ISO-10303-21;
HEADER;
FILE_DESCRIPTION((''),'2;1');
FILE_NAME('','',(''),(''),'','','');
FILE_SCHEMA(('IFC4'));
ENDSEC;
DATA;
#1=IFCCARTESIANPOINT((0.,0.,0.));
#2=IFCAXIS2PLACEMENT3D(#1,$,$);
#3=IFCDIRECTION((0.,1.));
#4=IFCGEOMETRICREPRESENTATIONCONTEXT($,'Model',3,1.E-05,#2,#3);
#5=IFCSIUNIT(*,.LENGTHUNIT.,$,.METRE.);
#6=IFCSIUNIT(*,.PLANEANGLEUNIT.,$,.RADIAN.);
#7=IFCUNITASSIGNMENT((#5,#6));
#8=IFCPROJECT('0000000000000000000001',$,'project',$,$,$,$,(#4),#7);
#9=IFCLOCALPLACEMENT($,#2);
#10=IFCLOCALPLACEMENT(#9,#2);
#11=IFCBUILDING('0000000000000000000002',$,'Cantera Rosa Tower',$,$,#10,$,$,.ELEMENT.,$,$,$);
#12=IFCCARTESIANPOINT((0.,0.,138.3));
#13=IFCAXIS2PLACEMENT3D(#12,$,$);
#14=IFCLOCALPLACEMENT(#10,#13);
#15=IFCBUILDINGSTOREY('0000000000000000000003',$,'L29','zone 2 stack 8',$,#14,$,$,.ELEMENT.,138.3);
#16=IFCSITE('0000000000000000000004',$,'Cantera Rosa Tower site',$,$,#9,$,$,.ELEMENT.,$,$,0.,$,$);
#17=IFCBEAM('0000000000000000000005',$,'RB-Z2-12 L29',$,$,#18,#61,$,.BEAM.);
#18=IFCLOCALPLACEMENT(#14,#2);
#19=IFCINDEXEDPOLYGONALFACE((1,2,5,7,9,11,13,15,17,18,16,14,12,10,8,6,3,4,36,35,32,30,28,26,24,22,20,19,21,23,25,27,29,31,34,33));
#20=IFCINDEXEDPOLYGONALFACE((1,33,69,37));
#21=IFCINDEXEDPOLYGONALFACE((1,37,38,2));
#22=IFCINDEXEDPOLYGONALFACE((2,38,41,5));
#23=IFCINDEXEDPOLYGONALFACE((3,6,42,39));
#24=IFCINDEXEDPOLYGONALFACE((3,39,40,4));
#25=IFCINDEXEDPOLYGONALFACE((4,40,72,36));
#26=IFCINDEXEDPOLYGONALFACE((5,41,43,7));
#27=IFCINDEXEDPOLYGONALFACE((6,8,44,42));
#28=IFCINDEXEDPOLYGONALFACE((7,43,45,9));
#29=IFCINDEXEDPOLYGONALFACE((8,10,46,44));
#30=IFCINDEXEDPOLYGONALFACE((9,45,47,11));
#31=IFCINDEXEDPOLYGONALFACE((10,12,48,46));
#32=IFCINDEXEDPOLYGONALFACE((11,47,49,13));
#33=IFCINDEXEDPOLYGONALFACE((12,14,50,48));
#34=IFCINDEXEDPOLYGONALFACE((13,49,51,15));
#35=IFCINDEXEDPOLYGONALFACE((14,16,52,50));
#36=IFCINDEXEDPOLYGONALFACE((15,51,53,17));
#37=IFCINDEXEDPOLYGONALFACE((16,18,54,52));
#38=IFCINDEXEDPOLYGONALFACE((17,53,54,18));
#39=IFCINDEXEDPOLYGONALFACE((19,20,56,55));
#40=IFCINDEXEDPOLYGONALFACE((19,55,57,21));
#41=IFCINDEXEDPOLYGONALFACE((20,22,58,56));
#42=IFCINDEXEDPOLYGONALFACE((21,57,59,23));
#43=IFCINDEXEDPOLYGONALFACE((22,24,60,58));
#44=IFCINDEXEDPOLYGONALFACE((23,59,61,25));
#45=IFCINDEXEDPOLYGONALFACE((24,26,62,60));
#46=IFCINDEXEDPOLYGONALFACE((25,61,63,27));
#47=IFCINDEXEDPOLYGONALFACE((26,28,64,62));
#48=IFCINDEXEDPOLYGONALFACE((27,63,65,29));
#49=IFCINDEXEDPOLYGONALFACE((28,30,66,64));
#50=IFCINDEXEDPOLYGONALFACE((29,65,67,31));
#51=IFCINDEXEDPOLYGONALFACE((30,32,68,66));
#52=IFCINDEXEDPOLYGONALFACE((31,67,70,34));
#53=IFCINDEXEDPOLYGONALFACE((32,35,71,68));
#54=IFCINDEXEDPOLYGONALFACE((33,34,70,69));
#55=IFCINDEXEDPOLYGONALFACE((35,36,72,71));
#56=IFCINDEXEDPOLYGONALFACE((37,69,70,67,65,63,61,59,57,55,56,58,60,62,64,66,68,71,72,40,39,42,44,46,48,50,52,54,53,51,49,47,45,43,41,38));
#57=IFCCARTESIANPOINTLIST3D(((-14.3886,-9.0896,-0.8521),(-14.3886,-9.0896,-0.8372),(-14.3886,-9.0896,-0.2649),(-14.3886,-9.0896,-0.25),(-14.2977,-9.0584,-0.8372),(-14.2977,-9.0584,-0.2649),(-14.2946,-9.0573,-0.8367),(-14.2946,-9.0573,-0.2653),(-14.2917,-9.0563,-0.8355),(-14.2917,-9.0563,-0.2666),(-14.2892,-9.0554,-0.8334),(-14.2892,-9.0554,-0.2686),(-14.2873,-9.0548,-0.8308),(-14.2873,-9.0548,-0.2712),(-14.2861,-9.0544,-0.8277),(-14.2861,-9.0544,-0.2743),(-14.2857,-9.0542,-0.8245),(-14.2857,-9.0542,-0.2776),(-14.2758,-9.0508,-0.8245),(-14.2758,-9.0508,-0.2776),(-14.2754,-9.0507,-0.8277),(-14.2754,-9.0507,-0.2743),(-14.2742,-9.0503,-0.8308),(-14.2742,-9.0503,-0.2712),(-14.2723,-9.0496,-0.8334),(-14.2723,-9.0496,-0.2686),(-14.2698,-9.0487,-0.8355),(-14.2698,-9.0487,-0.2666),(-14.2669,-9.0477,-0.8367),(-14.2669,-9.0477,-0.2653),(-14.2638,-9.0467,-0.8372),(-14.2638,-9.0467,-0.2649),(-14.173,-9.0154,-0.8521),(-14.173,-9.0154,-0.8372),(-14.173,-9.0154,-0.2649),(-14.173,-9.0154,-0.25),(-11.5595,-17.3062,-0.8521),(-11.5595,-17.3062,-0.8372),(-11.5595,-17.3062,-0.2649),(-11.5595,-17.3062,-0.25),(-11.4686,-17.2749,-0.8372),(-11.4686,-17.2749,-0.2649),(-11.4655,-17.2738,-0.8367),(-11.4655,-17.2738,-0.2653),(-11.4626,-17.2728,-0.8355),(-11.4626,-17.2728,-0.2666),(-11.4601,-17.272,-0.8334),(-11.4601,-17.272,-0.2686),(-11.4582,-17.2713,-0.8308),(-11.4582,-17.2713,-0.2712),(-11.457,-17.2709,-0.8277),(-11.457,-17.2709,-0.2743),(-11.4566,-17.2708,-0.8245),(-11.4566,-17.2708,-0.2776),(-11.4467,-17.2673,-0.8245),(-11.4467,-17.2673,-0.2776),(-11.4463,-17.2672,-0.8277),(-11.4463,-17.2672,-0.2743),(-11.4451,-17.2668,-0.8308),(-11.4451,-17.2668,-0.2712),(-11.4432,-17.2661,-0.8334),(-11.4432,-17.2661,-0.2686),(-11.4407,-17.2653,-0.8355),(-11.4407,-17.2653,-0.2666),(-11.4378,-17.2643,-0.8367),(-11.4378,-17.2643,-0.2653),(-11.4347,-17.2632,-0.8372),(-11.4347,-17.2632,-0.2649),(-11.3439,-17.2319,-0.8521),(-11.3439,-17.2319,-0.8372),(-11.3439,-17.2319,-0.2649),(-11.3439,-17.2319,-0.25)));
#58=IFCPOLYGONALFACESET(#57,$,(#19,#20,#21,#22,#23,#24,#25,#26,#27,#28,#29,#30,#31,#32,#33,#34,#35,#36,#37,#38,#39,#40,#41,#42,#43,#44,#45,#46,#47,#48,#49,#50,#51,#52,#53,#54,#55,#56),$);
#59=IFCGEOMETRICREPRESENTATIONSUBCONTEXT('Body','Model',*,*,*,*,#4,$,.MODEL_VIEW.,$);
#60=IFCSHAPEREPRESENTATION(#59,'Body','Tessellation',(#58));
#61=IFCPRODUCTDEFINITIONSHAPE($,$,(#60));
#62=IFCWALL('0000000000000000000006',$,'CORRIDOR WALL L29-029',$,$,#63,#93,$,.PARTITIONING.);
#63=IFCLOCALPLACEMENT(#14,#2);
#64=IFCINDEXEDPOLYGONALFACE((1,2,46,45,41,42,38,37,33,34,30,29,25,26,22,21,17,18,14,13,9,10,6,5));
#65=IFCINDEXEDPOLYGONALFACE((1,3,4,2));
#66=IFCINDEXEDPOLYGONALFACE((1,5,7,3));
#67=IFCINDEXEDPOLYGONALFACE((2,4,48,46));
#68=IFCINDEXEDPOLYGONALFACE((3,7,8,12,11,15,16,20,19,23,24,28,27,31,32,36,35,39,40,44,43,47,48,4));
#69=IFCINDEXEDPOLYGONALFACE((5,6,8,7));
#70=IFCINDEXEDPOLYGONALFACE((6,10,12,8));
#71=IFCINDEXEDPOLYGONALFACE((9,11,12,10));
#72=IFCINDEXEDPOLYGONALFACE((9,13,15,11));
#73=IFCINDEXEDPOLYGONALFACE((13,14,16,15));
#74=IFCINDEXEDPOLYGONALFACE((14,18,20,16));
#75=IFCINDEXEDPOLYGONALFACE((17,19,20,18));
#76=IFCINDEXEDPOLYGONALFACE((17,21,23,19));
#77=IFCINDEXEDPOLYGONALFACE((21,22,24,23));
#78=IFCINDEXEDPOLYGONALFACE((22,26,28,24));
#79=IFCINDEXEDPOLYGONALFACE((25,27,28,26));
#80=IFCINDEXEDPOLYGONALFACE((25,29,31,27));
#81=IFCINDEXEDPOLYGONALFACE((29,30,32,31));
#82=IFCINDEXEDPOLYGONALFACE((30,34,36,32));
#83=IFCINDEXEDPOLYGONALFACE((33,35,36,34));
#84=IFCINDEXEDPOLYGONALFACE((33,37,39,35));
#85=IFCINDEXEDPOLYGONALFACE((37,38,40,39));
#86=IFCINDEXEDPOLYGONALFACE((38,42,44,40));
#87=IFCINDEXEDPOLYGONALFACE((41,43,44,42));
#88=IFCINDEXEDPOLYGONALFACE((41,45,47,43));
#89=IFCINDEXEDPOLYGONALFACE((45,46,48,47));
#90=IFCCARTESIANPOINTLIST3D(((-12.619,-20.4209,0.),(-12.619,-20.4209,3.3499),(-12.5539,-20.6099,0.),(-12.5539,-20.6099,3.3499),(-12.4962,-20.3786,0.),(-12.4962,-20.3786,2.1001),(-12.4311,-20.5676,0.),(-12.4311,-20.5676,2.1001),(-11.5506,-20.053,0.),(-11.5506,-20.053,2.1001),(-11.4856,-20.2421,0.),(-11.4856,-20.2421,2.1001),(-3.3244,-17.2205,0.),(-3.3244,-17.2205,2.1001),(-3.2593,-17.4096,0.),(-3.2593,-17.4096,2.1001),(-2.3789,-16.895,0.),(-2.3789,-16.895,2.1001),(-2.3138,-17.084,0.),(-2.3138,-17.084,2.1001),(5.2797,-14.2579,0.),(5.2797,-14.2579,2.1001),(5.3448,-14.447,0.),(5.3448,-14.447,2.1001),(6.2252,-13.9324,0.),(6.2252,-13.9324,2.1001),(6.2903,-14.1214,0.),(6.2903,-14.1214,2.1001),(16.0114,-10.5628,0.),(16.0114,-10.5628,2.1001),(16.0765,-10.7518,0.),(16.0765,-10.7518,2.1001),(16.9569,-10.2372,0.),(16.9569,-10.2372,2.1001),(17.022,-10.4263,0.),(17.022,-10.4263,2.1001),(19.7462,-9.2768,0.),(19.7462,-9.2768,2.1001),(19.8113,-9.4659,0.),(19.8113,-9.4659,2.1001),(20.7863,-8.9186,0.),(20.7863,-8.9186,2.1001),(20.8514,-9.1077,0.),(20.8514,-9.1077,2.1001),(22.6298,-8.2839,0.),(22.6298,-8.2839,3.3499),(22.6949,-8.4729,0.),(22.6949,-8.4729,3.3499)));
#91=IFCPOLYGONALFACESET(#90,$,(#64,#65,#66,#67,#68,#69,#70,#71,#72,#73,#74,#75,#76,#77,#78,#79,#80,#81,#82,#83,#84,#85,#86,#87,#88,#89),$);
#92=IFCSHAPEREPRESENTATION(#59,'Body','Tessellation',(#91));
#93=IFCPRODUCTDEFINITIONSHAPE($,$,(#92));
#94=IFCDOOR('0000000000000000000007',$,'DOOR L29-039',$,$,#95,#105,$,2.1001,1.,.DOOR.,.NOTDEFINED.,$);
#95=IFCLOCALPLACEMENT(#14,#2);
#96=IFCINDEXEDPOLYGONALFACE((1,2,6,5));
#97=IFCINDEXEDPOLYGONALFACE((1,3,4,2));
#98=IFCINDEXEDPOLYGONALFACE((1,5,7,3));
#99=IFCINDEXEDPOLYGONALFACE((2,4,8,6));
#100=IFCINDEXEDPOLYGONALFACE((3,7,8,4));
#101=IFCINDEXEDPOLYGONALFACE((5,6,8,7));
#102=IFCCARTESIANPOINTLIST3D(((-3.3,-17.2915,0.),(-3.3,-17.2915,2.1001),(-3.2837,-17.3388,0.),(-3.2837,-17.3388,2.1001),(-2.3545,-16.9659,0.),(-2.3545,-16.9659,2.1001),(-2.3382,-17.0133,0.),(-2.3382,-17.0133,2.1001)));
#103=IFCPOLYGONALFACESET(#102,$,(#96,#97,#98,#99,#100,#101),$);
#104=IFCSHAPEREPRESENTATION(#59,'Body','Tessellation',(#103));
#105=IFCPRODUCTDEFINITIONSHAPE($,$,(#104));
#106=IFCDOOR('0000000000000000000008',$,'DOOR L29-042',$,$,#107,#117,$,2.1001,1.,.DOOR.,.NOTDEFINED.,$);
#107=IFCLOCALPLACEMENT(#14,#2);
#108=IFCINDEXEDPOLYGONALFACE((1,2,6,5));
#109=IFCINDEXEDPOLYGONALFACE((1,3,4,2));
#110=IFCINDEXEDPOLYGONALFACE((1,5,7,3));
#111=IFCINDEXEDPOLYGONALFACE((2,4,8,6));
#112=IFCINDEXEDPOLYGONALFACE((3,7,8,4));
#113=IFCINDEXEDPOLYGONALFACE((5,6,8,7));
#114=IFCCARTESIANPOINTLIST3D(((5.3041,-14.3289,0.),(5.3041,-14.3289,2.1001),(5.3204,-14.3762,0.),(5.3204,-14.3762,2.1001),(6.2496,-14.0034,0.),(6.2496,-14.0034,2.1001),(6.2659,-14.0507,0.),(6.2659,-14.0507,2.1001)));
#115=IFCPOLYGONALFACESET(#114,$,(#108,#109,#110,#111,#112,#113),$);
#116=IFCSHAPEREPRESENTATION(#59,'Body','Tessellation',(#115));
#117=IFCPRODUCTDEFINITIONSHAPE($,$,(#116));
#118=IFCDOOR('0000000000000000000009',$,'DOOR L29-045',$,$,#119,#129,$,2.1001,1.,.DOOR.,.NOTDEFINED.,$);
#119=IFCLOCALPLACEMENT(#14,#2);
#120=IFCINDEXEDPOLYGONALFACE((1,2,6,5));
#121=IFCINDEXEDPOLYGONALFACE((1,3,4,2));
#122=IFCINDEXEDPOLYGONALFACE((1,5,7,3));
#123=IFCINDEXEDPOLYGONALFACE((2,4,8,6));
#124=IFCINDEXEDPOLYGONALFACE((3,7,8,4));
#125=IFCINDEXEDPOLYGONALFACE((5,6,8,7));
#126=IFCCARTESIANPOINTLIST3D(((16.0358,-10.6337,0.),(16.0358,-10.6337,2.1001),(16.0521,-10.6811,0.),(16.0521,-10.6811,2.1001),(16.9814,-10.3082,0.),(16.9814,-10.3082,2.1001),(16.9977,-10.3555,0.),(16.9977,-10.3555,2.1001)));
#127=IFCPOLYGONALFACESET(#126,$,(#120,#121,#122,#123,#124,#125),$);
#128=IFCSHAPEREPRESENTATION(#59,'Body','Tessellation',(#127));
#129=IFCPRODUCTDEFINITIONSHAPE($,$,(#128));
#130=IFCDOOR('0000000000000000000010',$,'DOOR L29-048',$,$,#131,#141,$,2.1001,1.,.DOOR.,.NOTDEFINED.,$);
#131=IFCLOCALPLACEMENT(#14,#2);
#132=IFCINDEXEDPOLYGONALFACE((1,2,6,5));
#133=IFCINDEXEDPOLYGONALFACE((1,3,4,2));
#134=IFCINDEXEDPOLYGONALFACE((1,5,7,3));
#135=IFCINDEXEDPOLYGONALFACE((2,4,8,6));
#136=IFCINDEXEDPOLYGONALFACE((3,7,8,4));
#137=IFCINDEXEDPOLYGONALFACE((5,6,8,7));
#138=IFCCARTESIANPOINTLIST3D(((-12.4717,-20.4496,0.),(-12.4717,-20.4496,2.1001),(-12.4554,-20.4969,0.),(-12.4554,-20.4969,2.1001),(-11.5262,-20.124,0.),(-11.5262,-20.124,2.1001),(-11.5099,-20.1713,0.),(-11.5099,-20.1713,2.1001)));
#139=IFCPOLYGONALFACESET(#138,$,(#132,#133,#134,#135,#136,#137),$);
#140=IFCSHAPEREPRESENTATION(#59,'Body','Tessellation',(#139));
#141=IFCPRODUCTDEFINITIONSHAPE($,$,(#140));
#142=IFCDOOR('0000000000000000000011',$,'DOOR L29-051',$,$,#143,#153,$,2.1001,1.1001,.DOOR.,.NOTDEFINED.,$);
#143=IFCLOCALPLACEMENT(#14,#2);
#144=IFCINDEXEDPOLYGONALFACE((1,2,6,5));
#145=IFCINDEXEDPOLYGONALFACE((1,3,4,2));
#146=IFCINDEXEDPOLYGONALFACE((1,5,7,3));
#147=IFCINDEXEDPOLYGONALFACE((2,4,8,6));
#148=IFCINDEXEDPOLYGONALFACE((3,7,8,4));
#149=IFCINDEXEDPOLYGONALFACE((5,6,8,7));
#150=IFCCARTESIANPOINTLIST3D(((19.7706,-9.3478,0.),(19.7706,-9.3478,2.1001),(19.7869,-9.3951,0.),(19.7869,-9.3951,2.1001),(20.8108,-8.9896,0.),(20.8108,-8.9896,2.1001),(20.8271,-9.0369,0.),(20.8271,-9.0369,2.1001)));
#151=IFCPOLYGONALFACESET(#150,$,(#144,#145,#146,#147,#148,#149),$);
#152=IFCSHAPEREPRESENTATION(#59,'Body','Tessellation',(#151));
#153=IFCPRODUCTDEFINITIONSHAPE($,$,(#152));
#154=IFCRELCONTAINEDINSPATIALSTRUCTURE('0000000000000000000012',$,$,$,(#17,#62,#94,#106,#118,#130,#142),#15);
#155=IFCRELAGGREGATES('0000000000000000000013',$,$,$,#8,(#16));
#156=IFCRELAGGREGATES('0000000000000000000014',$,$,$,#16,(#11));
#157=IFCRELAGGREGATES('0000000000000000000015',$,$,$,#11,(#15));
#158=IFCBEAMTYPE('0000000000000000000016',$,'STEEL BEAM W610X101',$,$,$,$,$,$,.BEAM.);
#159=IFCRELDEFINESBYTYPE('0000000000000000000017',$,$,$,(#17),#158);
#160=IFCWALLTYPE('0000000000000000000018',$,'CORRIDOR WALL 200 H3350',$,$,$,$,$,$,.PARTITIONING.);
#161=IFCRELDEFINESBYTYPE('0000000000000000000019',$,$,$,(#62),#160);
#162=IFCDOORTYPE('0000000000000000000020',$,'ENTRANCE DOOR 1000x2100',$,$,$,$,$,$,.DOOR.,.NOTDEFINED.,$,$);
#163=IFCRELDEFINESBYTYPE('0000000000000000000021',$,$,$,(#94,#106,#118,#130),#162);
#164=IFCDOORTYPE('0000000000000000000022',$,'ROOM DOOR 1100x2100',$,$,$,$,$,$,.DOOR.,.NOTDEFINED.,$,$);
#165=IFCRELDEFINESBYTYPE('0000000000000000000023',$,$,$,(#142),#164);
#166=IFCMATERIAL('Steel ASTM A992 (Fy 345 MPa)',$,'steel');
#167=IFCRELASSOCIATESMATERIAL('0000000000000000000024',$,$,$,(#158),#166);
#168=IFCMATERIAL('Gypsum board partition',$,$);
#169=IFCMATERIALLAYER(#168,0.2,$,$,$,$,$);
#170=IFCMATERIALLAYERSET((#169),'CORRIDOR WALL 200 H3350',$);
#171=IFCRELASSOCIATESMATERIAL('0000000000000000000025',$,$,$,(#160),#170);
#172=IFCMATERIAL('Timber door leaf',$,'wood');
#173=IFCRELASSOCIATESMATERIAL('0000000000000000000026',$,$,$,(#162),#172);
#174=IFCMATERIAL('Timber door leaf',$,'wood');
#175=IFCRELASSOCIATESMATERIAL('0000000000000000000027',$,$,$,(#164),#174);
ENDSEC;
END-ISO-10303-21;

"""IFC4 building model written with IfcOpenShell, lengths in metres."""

from ifc_helpers import new_model, si_unit, direction, frame, frame_2d, origin, origin_2d, place, context, subcontext, project, spatial, rectangle, i_section, extrude, material, layer, layer_set, material_profile, profile_set, type_object, element, fill, save


model = new_model("IFC4")

# Units and contexts
model_context = context("Model", 3, precision=1e-05, world=origin(), true_north=direction((0.0, 1.0)))
body_context = subcontext(model_context, "Body", "Model", "MODEL_VIEW")
ifc_project = project(units=[si_unit("LENGTHUNIT", "METRE"), si_unit("PLANEANGLEUNIT", "RADIAN")], contexts=[model_context])

# Site, building, storey
site_placement = place(None, origin())
site = spatial("IfcSite", under=ifc_project, at=site_placement, Name="Cantera Rosa Tower site", CompositionType="ELEMENT", RefElevation=0.0)
building_placement = place(site_placement, origin())
building = spatial("IfcBuilding", under=site, at=building_placement, Name="Cantera Rosa Tower", CompositionType="ELEMENT")
storey_placement = place(building_placement, frame((0.0, 0.0, 138.3)))
storey = spatial("IfcBuildingStorey", under=building, at=storey_placement, Name="L29", Description="zone 2 stack 8", CompositionType="ELEMENT", Elevation=138.3)

# Beam
ifc_material_1 = material(Name="Steel ASTM A992 (Fy 345 MPa)", Category="steel")
ifc_material_profile_1 = material_profile(ifc_material_1, i_section(OverallWidth=0.228, OverallDepth=0.6021, WebThickness=0.0105, FlangeThickness=0.0149, FilletRadius=0.0127, at=origin_2d()), Name="W610X101")
ifc_profile_set_1 = profile_set([ifc_material_profile_1], Name="Steel ASTM A992 (Fy 345 MPa)")
beam_type_1 = type_object("IfcBeamType", Name="STEEL BEAM W610X101", PredefinedType="BEAM", material=ifc_profile_set_1)
beam_1_placement = place(storey_placement, frame((-11.4517, -17.269, -0.551), z_axis=(-0.325559, 0.945522, 0.0), x_axis=(-0.945522, -0.325559, 0.0)))
element("IfcBeam", 1, at=beam_1_placement, inside=storey, type_object=beam_type_1, Name="RB-Z2-12 L29", PredefinedType="BEAM", context=body_context, shape_type="SweptSolid", body=[
    extrude(i_section(OverallWidth=0.228, OverallDepth=0.6021, WebThickness=0.0105, FlangeThickness=0.0149, FilletRadius=0.0127, at=origin_2d()), origin(), (0.0, 0.0, 1.0), 8.6899),
])

# Wall, openings, doors
ifc_material_2 = material(Name="Gypsum board partition")
ifc_layer_1 = layer(ifc_material_2, 0.2)
ifc_layer_set_1 = layer_set([ifc_layer_1], Name="CORRIDOR WALL 200 H3350")
wall_type_1 = type_object("IfcWallType", Name="CORRIDOR WALL 200 H3350", PredefinedType="PARTITIONING", material=ifc_layer_set_1)
wall_1_placement = place(storey_placement, frame((-12.5864, -20.5154, 0.0), z_axis=(0.0, 0.0, 1.0), x_axis=(0.94552, 0.325564, 0.0)))
wall_1 = element("IfcWall", 2, at=wall_1_placement, inside=storey, type_object=wall_type_1, Name="CORRIDOR WALL L29-029", PredefinedType="PARTITIONING", context=body_context, shape_type="SweptSolid", body=[
    extrude(rectangle(XDim=37.2798, YDim=0.2, at=frame_2d((18.6399, 0.0))), origin(), (0.0, 0.0, 1.0), 3.3499),
])
opening_1_placement = place(wall_1_placement, frame((9.8301, 0.0, 0.0)))
opening_1 = element("IfcOpeningElement", 3, at=opening_1_placement, cuts=wall_1, PredefinedType="OPENING", context=body_context, shape_type="SweptSolid", body=[
    extrude(rectangle(XDim=1.0, YDim=2.1001, at=frame_2d((0.5, 1.05))), frame((0.0, 0.1099, 0.0), z_axis=(0.0, -1.0, 0.0), x_axis=(1.0, 0.0, 0.0)), (0.0, 0.0, 1.0), 0.22),
])
opening_2_placement = place(wall_1_placement, frame((18.9299, 0.0, 0.0)))
opening_2 = element("IfcOpeningElement", 4, at=opening_2_placement, cuts=wall_1, PredefinedType="OPENING", context=body_context, shape_type="SweptSolid", body=[
    extrude(rectangle(XDim=1.0, YDim=2.1001, at=frame_2d((0.5, 1.05))), frame((0.0, 0.1099, 0.0), z_axis=(0.0, -1.0, 0.0), x_axis=(1.0, 0.0, 0.0)), (0.0, 0.0, 1.0), 0.22),
])
opening_3_placement = place(wall_1_placement, frame((30.28, 0.0, 0.0)))
opening_3 = element("IfcOpeningElement", 5, at=opening_3_placement, cuts=wall_1, PredefinedType="OPENING", context=body_context, shape_type="SweptSolid", body=[
    extrude(rectangle(XDim=1.0, YDim=2.1001, at=frame_2d((0.5, 1.05))), frame((0.0, 0.1099, 0.0), z_axis=(0.0, -1.0, 0.0), x_axis=(1.0, 0.0, 0.0)), (0.0, 0.0, 1.0), 0.22),
])
opening_4_placement = place(wall_1_placement, frame((0.1299, 0.0, 0.0)))
opening_4 = element("IfcOpeningElement", 6, at=opening_4_placement, cuts=wall_1, PredefinedType="OPENING", context=body_context, shape_type="SweptSolid", body=[
    extrude(rectangle(XDim=1.0, YDim=2.1001, at=frame_2d((0.5, 1.05))), frame((0.0, 0.1099, 0.0), z_axis=(0.0, -1.0, 0.0), x_axis=(1.0, 0.0, 0.0)), (0.0, 0.0, 1.0), 0.22),
])
opening_5_placement = place(wall_1_placement, frame((34.23, 0.0, 0.0)))
opening_5 = element("IfcOpeningElement", 7, at=opening_5_placement, cuts=wall_1, PredefinedType="OPENING", context=body_context, shape_type="SweptSolid", body=[
    extrude(rectangle(XDim=1.1001, YDim=2.1001, at=frame_2d((0.55, 1.05))), frame((0.0, 0.1099, 0.0), z_axis=(0.0, -1.0, 0.0), x_axis=(1.0, 0.0, 0.0)), (0.0, 0.0, 1.0), 0.22),
])
ifc_material_3 = material(Name="Timber door leaf", Category="wood")
door_type_1 = type_object("IfcDoorType", Name="ENTRANCE DOOR 1000x2100", OperationType="NOTDEFINED", PredefinedType="DOOR", material=ifc_material_3)
door_1_placement = place(opening_1_placement, origin())
door_1 = element("IfcDoor", 8, at=door_1_placement, inside=storey, type_object=door_type_1, Name="DOOR L29-039", OperationType="NOTDEFINED", OverallHeight=2.1001, OverallWidth=1.0, PredefinedType="DOOR", context=body_context, shape_type="SweptSolid", body=[
    extrude(rectangle(XDim=1.0, YDim=2.1001, at=frame_2d((0.5, 1.05))), frame((0.0, 0.0249, 0.0), z_axis=(0.0, -1.0, 0.0), x_axis=(1.0, 0.0, 0.0)), (0.0, 0.0, 1.0), 0.05),
])
fill(opening_1, door_1)
door_2_placement = place(opening_2_placement, origin())
door_2 = element("IfcDoor", 9, at=door_2_placement, inside=storey, type_object=door_type_1, Name="DOOR L29-042", OperationType="NOTDEFINED", OverallHeight=2.1001, OverallWidth=1.0, PredefinedType="DOOR", context=body_context, shape_type="SweptSolid", body=[
    extrude(rectangle(XDim=1.0, YDim=2.1001, at=frame_2d((0.5, 1.05))), frame((0.0, 0.0249, 0.0), z_axis=(0.0, -1.0, 0.0), x_axis=(1.0, 0.0, 0.0)), (0.0, 0.0, 1.0), 0.05),
])
fill(opening_2, door_2)
door_3_placement = place(opening_3_placement, origin())
door_3 = element("IfcDoor", 10, at=door_3_placement, inside=storey, type_object=door_type_1, Name="DOOR L29-045", OperationType="NOTDEFINED", OverallHeight=2.1001, OverallWidth=1.0, PredefinedType="DOOR", context=body_context, shape_type="SweptSolid", body=[
    extrude(rectangle(XDim=1.0, YDim=2.1001, at=frame_2d((0.5, 1.05))), frame((0.0, 0.0249, 0.0), z_axis=(0.0, -1.0, 0.0), x_axis=(1.0, 0.0, 0.0)), (0.0, 0.0, 1.0), 0.05),
])
fill(opening_3, door_3)
door_4_placement = place(opening_4_placement, origin())
door_4 = element("IfcDoor", 11, at=door_4_placement, inside=storey, type_object=door_type_1, Name="DOOR L29-048", OperationType="NOTDEFINED", OverallHeight=2.1001, OverallWidth=1.0, PredefinedType="DOOR", context=body_context, shape_type="SweptSolid", body=[
    extrude(rectangle(XDim=1.0, YDim=2.1001, at=frame_2d((0.5, 1.05))), frame((0.0, 0.0249, 0.0), z_axis=(0.0, -1.0, 0.0), x_axis=(1.0, 0.0, 0.0)), (0.0, 0.0, 1.0), 0.05),
])
fill(opening_4, door_4)
ifc_material_4 = material(Name="Timber door leaf", Category="wood")
door_type_2 = type_object("IfcDoorType", Name="ROOM DOOR 1100x2100", OperationType="NOTDEFINED", PredefinedType="DOOR", material=ifc_material_4)
door_5_placement = place(opening_5_placement, origin())
door_5 = element("IfcDoor", 12, at=door_5_placement, inside=storey, type_object=door_type_2, Name="DOOR L29-051", OperationType="NOTDEFINED", OverallHeight=2.1001, OverallWidth=1.1001, PredefinedType="DOOR", context=body_context, shape_type="SweptSolid", body=[
    extrude(rectangle(XDim=1.1001, YDim=2.1001, at=frame_2d((0.55, 1.05))), frame((0.0, 0.0249, 0.0), z_axis=(0.0, -1.0, 0.0), x_axis=(1.0, 0.0, 0.0)), (0.0, 0.0, 1.0), 0.05),
])
fill(opening_5, door_5)

save(model, "model.ifc")
